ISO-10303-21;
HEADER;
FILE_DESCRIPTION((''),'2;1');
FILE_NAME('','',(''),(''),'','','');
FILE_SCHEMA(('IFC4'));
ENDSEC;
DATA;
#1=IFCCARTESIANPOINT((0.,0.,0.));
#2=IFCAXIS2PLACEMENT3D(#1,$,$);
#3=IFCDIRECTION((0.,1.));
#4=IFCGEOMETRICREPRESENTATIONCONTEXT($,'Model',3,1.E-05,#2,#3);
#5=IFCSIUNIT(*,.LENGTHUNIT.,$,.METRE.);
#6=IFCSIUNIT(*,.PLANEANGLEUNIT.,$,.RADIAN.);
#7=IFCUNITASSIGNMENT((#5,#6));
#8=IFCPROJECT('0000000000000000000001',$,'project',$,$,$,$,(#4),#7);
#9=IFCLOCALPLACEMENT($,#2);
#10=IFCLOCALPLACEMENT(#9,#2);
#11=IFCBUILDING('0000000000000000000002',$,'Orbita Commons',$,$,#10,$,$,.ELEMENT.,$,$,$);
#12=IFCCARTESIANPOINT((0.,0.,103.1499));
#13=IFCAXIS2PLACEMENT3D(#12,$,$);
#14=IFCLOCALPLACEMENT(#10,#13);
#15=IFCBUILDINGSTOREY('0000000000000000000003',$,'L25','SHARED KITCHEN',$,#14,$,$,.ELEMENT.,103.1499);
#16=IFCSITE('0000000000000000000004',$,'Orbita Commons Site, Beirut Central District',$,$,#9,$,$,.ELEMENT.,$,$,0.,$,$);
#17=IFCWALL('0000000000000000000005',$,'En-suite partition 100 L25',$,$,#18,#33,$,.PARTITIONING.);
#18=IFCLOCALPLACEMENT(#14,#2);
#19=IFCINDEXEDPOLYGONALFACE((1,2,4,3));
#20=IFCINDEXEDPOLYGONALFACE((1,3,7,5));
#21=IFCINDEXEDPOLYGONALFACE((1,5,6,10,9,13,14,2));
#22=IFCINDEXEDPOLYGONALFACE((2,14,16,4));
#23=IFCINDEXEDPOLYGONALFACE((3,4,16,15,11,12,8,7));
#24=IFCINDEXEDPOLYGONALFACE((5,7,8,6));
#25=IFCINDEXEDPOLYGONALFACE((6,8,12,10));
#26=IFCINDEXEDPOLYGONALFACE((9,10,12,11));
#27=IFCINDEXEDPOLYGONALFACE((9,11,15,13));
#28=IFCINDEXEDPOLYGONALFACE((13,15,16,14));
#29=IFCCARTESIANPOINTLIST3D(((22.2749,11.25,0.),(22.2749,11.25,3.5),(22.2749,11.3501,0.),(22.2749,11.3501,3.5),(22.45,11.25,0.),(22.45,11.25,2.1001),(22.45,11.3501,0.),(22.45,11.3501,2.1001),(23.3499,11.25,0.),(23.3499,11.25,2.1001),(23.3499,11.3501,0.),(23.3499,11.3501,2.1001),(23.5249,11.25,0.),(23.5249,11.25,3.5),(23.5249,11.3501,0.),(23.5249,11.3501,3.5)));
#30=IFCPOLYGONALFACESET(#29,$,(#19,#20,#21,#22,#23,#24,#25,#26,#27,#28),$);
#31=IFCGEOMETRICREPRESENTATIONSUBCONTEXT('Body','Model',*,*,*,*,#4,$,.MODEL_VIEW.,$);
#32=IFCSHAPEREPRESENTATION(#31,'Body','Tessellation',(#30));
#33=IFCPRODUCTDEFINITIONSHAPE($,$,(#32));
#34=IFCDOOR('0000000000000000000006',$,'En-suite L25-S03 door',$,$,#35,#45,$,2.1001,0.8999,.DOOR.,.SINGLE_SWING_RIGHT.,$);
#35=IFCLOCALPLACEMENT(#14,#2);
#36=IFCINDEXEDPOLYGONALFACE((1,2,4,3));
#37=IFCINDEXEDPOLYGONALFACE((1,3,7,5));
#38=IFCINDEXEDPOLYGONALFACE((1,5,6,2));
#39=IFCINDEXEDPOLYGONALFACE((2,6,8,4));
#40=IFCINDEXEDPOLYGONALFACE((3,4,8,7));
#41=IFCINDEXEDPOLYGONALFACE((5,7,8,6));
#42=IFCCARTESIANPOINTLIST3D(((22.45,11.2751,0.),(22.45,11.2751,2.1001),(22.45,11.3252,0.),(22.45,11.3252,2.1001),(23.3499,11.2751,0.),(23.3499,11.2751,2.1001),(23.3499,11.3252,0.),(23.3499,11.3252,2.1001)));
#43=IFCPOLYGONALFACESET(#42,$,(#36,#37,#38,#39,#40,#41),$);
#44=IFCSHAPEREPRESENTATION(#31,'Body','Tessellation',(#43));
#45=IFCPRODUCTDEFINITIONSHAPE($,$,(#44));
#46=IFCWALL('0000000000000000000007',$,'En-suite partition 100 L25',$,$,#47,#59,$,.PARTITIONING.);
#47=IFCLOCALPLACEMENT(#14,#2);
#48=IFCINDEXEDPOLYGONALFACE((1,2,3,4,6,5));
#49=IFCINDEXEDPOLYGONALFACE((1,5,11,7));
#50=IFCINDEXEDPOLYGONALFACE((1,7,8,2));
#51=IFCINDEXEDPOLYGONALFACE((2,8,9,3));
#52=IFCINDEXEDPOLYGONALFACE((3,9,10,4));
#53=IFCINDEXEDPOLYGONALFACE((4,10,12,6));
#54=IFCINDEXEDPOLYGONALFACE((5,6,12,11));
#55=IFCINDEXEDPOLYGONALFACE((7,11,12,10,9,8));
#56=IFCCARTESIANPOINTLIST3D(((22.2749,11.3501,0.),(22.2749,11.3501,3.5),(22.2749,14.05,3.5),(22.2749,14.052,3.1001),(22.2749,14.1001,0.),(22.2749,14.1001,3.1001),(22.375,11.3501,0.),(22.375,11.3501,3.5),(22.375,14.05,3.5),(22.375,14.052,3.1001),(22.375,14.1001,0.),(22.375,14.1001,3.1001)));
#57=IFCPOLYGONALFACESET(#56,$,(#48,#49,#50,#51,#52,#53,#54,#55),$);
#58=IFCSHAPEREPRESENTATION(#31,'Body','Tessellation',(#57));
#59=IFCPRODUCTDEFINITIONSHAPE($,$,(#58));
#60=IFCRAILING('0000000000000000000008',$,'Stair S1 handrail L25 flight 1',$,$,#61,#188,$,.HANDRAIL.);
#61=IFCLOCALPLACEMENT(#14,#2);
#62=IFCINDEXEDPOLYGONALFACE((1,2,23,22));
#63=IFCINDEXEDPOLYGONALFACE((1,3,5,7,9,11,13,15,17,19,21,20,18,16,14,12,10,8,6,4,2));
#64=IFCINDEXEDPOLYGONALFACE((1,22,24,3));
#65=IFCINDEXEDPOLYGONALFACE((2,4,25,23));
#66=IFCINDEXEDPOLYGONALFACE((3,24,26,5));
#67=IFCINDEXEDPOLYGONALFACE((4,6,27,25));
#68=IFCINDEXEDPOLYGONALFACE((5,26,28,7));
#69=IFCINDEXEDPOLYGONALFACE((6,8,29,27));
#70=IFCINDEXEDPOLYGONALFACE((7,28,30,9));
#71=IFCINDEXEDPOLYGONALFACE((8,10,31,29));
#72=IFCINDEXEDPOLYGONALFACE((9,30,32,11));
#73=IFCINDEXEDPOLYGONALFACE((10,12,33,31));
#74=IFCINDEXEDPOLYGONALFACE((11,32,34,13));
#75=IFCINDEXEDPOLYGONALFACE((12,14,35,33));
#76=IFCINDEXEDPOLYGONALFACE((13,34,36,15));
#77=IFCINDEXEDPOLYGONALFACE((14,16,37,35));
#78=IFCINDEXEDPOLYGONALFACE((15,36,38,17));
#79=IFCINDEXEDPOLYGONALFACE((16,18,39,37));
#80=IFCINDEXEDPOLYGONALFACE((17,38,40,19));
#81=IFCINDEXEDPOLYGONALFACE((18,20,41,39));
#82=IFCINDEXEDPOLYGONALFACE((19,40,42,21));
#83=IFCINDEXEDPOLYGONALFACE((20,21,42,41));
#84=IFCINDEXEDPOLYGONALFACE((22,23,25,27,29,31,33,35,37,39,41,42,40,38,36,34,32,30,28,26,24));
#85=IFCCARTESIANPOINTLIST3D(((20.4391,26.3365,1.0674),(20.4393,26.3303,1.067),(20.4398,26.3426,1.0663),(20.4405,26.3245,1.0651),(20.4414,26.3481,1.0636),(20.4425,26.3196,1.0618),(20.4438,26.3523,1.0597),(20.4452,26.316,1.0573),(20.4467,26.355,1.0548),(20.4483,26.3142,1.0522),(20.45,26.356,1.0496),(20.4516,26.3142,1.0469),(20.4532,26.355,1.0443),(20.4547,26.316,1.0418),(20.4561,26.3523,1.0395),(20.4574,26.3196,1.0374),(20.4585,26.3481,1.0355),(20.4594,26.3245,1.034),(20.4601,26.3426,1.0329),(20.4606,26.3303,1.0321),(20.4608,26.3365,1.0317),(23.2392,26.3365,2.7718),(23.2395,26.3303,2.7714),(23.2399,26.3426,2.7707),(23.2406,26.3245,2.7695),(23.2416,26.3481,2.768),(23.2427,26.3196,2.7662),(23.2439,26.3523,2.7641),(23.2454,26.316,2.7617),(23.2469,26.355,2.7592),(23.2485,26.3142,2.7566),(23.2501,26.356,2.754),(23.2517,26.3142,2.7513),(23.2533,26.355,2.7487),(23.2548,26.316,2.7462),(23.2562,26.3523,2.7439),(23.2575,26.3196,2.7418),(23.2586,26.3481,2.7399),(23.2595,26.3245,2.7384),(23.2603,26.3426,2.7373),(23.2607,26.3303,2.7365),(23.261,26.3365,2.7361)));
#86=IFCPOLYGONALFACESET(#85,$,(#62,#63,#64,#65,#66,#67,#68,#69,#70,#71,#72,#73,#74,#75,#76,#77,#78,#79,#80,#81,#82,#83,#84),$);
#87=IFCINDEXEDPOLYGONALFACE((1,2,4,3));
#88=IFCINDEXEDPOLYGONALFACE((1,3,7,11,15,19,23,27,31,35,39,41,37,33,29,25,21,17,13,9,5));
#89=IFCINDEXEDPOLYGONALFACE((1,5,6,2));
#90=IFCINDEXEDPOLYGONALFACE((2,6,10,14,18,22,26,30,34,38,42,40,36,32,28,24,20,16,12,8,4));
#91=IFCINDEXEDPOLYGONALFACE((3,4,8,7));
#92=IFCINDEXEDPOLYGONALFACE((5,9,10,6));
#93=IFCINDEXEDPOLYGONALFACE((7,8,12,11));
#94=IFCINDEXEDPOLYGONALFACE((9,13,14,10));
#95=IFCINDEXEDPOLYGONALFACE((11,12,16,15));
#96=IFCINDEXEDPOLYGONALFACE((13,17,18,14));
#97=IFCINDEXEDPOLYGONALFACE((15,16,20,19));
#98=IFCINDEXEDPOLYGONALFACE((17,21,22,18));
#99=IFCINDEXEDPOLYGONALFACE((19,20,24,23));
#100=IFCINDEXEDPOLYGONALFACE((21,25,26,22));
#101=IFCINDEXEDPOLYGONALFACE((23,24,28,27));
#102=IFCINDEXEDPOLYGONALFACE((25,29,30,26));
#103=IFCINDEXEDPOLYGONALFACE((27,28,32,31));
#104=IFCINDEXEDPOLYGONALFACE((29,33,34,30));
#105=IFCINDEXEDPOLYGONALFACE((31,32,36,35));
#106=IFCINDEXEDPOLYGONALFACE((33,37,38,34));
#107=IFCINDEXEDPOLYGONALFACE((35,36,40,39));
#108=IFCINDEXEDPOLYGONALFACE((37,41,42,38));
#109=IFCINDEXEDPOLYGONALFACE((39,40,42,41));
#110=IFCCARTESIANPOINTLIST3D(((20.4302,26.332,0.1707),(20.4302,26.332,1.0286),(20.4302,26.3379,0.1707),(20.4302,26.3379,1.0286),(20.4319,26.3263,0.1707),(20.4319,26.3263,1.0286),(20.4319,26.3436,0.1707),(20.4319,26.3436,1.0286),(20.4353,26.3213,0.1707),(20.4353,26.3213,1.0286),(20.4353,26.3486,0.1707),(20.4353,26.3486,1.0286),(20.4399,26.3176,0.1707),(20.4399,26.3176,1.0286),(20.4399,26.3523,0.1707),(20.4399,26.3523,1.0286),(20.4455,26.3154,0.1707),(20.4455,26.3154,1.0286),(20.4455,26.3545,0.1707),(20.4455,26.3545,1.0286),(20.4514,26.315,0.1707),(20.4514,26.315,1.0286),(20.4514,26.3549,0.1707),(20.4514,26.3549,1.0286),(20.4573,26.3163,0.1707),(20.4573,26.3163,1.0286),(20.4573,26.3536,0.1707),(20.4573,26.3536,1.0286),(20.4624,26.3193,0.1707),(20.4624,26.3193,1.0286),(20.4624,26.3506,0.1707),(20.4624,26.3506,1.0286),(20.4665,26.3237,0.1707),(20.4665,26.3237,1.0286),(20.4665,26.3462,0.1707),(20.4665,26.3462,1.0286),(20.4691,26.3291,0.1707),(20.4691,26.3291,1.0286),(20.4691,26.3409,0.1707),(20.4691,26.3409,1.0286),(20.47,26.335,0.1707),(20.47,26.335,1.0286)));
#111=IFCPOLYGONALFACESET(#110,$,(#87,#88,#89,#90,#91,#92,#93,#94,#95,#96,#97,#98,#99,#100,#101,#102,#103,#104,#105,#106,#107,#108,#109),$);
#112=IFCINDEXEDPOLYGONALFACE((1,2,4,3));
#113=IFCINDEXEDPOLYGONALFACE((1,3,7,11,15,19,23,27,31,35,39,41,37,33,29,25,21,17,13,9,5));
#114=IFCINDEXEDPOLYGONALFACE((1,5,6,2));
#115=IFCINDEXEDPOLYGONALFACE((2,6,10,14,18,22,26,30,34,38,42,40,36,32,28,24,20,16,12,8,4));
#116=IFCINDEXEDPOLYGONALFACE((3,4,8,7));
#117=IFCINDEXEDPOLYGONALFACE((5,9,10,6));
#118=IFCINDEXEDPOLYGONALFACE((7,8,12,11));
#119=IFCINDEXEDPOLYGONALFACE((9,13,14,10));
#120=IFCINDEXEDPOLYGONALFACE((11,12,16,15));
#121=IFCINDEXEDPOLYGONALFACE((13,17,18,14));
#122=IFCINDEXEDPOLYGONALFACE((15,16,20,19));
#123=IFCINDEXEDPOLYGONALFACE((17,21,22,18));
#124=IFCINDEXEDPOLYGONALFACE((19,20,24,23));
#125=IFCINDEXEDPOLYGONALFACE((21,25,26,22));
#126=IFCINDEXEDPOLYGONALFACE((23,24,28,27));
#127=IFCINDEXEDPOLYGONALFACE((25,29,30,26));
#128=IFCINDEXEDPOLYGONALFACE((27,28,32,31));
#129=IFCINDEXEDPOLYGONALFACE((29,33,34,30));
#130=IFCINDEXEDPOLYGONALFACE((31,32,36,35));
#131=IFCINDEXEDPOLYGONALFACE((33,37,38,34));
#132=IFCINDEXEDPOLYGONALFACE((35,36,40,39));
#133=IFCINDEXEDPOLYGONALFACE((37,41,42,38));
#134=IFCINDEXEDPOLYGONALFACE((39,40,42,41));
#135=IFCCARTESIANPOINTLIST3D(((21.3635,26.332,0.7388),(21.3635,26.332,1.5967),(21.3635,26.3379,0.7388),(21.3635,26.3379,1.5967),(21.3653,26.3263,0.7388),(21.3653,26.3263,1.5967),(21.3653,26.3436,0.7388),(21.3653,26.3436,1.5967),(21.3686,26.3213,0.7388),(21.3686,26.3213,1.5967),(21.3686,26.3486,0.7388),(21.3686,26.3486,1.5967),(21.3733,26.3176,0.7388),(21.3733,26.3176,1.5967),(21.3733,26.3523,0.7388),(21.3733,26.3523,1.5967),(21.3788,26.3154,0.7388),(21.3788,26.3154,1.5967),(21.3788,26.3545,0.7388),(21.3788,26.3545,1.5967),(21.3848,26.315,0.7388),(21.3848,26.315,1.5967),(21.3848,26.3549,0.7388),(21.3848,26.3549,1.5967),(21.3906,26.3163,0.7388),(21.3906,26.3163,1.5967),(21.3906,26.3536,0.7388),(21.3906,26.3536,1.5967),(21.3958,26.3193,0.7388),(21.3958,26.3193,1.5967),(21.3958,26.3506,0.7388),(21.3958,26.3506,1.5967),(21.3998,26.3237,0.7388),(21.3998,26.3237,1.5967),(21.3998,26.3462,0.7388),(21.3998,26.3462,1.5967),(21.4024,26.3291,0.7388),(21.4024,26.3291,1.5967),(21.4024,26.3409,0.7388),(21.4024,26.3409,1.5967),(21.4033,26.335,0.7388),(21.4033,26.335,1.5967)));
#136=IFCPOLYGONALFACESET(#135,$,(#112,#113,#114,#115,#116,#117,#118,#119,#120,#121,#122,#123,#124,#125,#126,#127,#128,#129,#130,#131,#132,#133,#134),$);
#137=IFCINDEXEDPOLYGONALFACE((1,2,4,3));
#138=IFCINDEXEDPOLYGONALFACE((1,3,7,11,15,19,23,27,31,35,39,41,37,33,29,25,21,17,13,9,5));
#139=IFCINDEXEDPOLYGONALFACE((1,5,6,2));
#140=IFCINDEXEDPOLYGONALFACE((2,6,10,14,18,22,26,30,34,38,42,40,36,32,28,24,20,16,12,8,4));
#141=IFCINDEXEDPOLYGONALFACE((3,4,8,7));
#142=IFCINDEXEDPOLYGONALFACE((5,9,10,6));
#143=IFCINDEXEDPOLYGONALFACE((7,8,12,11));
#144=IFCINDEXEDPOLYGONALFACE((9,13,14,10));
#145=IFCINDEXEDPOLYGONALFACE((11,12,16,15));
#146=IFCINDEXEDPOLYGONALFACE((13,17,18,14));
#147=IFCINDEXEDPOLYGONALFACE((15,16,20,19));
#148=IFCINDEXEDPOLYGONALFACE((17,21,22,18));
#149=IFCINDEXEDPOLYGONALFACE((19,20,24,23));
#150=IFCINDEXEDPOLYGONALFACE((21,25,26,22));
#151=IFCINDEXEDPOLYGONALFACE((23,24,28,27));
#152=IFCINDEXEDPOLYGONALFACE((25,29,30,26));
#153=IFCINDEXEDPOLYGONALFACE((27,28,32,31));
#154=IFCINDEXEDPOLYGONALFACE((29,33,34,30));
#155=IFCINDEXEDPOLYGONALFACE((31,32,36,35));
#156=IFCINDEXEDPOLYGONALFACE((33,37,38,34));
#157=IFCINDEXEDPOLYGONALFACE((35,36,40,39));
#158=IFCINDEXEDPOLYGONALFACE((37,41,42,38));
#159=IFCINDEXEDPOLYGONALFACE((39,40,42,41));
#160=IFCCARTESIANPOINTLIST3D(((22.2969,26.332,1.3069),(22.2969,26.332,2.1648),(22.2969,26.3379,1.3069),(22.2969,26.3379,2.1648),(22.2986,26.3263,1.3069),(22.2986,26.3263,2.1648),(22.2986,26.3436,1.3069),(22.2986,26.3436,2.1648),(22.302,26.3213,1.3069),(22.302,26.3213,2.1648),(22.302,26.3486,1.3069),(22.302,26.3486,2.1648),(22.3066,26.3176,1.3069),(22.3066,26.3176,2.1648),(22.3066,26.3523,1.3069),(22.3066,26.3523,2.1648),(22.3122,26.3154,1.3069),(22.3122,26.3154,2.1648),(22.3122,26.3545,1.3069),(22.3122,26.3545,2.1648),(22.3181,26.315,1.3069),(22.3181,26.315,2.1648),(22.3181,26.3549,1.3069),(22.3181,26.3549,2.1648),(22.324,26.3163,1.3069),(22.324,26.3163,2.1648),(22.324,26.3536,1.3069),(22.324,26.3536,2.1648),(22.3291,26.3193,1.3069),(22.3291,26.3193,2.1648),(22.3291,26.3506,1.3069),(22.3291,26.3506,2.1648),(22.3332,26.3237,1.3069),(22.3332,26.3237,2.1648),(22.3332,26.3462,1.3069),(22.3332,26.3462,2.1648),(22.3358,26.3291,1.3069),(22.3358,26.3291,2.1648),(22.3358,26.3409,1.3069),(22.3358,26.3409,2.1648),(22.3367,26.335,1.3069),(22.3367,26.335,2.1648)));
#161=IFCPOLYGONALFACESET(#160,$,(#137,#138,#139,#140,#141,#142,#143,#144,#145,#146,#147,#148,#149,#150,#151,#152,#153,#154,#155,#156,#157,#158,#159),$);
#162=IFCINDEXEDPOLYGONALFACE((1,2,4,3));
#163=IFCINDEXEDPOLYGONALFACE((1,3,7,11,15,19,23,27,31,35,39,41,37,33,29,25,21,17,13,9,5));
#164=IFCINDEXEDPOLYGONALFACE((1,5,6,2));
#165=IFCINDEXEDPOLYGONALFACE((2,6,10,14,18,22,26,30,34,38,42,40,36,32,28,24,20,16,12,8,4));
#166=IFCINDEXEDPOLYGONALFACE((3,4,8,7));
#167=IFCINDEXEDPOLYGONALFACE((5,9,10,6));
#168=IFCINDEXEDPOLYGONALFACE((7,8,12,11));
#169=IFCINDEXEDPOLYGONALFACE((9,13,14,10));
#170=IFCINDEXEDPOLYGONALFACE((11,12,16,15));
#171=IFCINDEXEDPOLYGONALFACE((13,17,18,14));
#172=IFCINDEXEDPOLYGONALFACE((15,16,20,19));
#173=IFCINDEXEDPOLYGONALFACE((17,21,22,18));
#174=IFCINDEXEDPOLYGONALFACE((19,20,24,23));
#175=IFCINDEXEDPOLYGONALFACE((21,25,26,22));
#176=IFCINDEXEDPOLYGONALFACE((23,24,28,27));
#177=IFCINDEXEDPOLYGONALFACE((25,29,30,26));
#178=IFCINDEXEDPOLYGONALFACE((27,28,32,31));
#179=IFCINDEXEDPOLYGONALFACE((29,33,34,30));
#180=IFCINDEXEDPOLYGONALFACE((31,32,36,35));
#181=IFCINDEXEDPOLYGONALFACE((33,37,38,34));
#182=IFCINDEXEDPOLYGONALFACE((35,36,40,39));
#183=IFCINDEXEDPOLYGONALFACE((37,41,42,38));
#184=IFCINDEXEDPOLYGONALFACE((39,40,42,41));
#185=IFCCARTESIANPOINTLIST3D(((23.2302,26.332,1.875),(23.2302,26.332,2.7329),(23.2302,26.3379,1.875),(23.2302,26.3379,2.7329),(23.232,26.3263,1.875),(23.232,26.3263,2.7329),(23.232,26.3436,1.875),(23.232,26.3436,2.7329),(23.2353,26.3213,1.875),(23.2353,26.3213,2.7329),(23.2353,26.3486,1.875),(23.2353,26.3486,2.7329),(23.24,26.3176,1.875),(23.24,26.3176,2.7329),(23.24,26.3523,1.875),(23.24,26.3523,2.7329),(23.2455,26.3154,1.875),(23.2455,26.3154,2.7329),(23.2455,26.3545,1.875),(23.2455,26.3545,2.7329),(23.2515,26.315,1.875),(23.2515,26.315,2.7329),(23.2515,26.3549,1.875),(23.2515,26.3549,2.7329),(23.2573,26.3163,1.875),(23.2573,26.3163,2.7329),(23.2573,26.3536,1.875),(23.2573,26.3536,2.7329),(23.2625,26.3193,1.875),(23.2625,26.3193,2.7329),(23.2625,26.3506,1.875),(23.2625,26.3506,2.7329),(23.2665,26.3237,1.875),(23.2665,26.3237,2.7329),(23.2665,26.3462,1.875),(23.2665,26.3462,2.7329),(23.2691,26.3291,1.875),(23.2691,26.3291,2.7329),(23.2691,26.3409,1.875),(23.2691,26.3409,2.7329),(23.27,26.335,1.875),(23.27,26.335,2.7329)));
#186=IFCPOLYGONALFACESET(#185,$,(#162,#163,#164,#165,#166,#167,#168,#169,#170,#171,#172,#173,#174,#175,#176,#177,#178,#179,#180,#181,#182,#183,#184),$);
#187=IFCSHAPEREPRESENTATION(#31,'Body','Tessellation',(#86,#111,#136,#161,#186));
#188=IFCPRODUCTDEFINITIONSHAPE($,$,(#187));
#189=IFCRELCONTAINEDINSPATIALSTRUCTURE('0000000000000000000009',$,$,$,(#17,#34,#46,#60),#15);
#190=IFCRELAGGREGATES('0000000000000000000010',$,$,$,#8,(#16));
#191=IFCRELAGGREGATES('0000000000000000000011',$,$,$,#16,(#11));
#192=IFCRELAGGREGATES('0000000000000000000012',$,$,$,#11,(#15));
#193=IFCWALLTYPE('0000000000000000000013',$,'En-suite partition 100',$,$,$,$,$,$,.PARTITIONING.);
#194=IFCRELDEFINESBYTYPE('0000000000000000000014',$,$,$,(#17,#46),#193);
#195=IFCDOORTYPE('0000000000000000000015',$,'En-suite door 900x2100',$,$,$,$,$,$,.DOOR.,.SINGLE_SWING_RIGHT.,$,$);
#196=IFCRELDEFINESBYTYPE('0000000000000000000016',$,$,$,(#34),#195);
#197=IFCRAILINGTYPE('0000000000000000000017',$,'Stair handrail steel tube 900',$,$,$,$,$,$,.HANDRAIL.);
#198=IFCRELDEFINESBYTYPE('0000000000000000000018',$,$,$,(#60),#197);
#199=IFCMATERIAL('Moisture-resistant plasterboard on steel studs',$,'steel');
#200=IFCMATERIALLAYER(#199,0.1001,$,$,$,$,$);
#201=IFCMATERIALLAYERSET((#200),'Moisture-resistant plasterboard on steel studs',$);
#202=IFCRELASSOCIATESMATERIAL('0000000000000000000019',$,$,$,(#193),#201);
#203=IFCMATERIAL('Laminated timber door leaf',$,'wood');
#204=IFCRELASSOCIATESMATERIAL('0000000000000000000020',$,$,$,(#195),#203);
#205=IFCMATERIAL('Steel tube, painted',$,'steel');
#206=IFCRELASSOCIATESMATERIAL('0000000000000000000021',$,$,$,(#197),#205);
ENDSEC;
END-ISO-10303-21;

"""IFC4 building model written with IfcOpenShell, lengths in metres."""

from ifc_helpers import new_model, si_unit, direction, frame, frame_2d, origin, origin_2d, place, context, subcontext, project, spatial, polyline, rectangle, circle, outline, extrude, material, layer, layer_set, type_object, element, fill, save


model = new_model("IFC4")

# Units and contexts
model_context = context("Model", 3, precision=1e-05, world=origin(), true_north=direction((0.0, 1.0)))
body_context = subcontext(model_context, "Body", "Model", "MODEL_VIEW")
ifc_project = project(units=[si_unit("LENGTHUNIT", "METRE"), si_unit("PLANEANGLEUNIT", "RADIAN")], contexts=[model_context])

# Site, building, storey
site_placement = place(None, origin())
site = spatial("IfcSite", under=ifc_project, at=site_placement, Name="Orbita Commons Site, Beirut Central District", CompositionType="ELEMENT", RefElevation=0.0)
building_placement = place(site_placement, origin())
building = spatial("IfcBuilding", under=site, at=building_placement, Name="Orbita Commons", CompositionType="ELEMENT")
storey_placement = place(building_placement, frame((0.0, 0.0, 103.1499)))
storey = spatial("IfcBuildingStorey", under=building, at=storey_placement, Name="L25", Description="SHARED KITCHEN", CompositionType="ELEMENT", Elevation=103.1499)

# Shared definitions
ifc_material_1 = material(Name="Moisture-resistant plasterboard on steel studs", Category="steel")
ifc_layer_1 = layer(ifc_material_1, 0.1001)
ifc_layer_set_1 = layer_set([ifc_layer_1], Name="Moisture-resistant plasterboard on steel studs")
wall_type_1 = type_object("IfcWallType", Name="En-suite partition 100", PredefinedType="PARTITIONING", material=ifc_layer_set_1)
ifc_material_2 = material(Name="Laminated timber door leaf", Category="wood")
door_type_1 = type_object("IfcDoorType", Name="En-suite door 900x2100", OperationType="SINGLE_SWING_RIGHT", PredefinedType="DOOR", material=ifc_material_2)

# Wall, opening, door
wall_1_placement = place(storey_placement, frame((23.5249, 11.3, 0.0), z_axis=(0.0, 0.0, 1.0), x_axis=(-1.0, 0.0, 0.0)))
wall_1 = element("IfcWall", 1, at=wall_1_placement, inside=storey, type_object=wall_type_1, Name="En-suite partition 100 L25", PredefinedType="PARTITIONING", context=body_context, shape_type="SweptSolid", body=[
    extrude(rectangle(XDim=1.25, YDim=0.1001, at=frame_2d((0.625, 0.0))), origin(), (0.0, 0.0, 1.0), 3.5),
])
opening_1_placement = place(wall_1_placement, frame((0.175, 0.0, 0.0)))
opening_1 = element("IfcOpeningElement", 2, at=opening_1_placement, cuts=wall_1, PredefinedType="OPENING", context=body_context, shape_type="SweptSolid", body=[
    extrude(rectangle(XDim=0.8999, YDim=2.1001, at=frame_2d((0.45, 1.05))), frame((0.0, 0.0601, 0.0), z_axis=(0.0, -1.0, 0.0), x_axis=(1.0, 0.0, 0.0)), (0.0, 0.0, 1.0), 0.1201),
])
door_1_placement = place(opening_1_placement, origin())
door_1 = element("IfcDoor", 3, at=door_1_placement, inside=storey, type_object=door_type_1, Name="En-suite L25-S03 door", OperationType="SINGLE_SWING_RIGHT", OverallHeight=2.1001, OverallWidth=0.8999, PredefinedType="DOOR", context=body_context, shape_type="SweptSolid", body=[
    extrude(rectangle(XDim=0.8999, YDim=2.1001, at=frame_2d((0.45, 1.05))), frame((0.0, 0.0249, 0.0), z_axis=(0.0, -1.0, 0.0), x_axis=(1.0, 0.0, 0.0)), (0.0, 0.0, 1.0), 0.05),
])
fill(opening_1, door_1)

# Wall
wall_2_placement = place(storey_placement, frame((22.325, 11.3501, 0.0), z_axis=(0.0, 0.0, 1.0), x_axis=(0.0, 1.0, 0.0)))
element("IfcWall", 4, at=wall_2_placement, inside=storey, type_object=wall_type_1, Name="En-suite partition 100 L25", PredefinedType="PARTITIONING", context=body_context, shape_type="SweptSolid", body=[
    extrude(outline(polyline([(0.0, 0.0), (2.75, 0.0), (2.75, 3.1001), (2.7019, 3.1001), (2.7, 3.5), (0.0, 3.5), (0.0, 0.0)])), frame((0.0, 0.05, 0.0), z_axis=(0.0, -1.0, 0.0), x_axis=(1.0, 0.0, 0.0)), (0.0, 0.0, 1.0), 0.1001),
])

# Railing
ifc_material_3 = material(Name="Steel tube, painted", Category="steel")
railing_type = type_object("IfcRailingType", Name="Stair handrail steel tube 900", PredefinedType="HANDRAIL", material=ifc_material_3)
railing_placement = place(storey_placement, frame((20.45, 26.335, 0.1707)))
element("IfcRailing", 5, at=railing_placement, inside=storey, type_object=railing_type, Name="Stair S1 handrail L25 flight 1", PredefinedType="HANDRAIL", context=body_context, shape_type="SweptSolid", body=[
    extrude(circle(Radius=0.021, at=origin_2d()), frame((0.0, 0.0, 0.8789), z_axis=(0.854203, 0.0, 0.51994), x_axis=(0.0, 1.0, 0.0)), (0.0, 0.0, 1.0), 3.2781),
    extrude(circle(Radius=0.02, at=origin_2d()), origin(), (0.0, 0.0, 1.0), 0.8579),
    extrude(circle(Radius=0.02, at=origin_2d()), frame((0.9333, 0.0, 0.5681)), (0.0, 0.0, 1.0), 0.8579),
    extrude(circle(Radius=0.02, at=origin_2d()), frame((1.8667, 0.0, 1.1362)), (0.0, 0.0, 1.0), 0.8579),
    extrude(circle(Radius=0.02, at=origin_2d()), frame((2.8, 0.0, 1.7043)), (0.0, 0.0, 1.0), 0.8579),
])

save(model, "model.ifc")
